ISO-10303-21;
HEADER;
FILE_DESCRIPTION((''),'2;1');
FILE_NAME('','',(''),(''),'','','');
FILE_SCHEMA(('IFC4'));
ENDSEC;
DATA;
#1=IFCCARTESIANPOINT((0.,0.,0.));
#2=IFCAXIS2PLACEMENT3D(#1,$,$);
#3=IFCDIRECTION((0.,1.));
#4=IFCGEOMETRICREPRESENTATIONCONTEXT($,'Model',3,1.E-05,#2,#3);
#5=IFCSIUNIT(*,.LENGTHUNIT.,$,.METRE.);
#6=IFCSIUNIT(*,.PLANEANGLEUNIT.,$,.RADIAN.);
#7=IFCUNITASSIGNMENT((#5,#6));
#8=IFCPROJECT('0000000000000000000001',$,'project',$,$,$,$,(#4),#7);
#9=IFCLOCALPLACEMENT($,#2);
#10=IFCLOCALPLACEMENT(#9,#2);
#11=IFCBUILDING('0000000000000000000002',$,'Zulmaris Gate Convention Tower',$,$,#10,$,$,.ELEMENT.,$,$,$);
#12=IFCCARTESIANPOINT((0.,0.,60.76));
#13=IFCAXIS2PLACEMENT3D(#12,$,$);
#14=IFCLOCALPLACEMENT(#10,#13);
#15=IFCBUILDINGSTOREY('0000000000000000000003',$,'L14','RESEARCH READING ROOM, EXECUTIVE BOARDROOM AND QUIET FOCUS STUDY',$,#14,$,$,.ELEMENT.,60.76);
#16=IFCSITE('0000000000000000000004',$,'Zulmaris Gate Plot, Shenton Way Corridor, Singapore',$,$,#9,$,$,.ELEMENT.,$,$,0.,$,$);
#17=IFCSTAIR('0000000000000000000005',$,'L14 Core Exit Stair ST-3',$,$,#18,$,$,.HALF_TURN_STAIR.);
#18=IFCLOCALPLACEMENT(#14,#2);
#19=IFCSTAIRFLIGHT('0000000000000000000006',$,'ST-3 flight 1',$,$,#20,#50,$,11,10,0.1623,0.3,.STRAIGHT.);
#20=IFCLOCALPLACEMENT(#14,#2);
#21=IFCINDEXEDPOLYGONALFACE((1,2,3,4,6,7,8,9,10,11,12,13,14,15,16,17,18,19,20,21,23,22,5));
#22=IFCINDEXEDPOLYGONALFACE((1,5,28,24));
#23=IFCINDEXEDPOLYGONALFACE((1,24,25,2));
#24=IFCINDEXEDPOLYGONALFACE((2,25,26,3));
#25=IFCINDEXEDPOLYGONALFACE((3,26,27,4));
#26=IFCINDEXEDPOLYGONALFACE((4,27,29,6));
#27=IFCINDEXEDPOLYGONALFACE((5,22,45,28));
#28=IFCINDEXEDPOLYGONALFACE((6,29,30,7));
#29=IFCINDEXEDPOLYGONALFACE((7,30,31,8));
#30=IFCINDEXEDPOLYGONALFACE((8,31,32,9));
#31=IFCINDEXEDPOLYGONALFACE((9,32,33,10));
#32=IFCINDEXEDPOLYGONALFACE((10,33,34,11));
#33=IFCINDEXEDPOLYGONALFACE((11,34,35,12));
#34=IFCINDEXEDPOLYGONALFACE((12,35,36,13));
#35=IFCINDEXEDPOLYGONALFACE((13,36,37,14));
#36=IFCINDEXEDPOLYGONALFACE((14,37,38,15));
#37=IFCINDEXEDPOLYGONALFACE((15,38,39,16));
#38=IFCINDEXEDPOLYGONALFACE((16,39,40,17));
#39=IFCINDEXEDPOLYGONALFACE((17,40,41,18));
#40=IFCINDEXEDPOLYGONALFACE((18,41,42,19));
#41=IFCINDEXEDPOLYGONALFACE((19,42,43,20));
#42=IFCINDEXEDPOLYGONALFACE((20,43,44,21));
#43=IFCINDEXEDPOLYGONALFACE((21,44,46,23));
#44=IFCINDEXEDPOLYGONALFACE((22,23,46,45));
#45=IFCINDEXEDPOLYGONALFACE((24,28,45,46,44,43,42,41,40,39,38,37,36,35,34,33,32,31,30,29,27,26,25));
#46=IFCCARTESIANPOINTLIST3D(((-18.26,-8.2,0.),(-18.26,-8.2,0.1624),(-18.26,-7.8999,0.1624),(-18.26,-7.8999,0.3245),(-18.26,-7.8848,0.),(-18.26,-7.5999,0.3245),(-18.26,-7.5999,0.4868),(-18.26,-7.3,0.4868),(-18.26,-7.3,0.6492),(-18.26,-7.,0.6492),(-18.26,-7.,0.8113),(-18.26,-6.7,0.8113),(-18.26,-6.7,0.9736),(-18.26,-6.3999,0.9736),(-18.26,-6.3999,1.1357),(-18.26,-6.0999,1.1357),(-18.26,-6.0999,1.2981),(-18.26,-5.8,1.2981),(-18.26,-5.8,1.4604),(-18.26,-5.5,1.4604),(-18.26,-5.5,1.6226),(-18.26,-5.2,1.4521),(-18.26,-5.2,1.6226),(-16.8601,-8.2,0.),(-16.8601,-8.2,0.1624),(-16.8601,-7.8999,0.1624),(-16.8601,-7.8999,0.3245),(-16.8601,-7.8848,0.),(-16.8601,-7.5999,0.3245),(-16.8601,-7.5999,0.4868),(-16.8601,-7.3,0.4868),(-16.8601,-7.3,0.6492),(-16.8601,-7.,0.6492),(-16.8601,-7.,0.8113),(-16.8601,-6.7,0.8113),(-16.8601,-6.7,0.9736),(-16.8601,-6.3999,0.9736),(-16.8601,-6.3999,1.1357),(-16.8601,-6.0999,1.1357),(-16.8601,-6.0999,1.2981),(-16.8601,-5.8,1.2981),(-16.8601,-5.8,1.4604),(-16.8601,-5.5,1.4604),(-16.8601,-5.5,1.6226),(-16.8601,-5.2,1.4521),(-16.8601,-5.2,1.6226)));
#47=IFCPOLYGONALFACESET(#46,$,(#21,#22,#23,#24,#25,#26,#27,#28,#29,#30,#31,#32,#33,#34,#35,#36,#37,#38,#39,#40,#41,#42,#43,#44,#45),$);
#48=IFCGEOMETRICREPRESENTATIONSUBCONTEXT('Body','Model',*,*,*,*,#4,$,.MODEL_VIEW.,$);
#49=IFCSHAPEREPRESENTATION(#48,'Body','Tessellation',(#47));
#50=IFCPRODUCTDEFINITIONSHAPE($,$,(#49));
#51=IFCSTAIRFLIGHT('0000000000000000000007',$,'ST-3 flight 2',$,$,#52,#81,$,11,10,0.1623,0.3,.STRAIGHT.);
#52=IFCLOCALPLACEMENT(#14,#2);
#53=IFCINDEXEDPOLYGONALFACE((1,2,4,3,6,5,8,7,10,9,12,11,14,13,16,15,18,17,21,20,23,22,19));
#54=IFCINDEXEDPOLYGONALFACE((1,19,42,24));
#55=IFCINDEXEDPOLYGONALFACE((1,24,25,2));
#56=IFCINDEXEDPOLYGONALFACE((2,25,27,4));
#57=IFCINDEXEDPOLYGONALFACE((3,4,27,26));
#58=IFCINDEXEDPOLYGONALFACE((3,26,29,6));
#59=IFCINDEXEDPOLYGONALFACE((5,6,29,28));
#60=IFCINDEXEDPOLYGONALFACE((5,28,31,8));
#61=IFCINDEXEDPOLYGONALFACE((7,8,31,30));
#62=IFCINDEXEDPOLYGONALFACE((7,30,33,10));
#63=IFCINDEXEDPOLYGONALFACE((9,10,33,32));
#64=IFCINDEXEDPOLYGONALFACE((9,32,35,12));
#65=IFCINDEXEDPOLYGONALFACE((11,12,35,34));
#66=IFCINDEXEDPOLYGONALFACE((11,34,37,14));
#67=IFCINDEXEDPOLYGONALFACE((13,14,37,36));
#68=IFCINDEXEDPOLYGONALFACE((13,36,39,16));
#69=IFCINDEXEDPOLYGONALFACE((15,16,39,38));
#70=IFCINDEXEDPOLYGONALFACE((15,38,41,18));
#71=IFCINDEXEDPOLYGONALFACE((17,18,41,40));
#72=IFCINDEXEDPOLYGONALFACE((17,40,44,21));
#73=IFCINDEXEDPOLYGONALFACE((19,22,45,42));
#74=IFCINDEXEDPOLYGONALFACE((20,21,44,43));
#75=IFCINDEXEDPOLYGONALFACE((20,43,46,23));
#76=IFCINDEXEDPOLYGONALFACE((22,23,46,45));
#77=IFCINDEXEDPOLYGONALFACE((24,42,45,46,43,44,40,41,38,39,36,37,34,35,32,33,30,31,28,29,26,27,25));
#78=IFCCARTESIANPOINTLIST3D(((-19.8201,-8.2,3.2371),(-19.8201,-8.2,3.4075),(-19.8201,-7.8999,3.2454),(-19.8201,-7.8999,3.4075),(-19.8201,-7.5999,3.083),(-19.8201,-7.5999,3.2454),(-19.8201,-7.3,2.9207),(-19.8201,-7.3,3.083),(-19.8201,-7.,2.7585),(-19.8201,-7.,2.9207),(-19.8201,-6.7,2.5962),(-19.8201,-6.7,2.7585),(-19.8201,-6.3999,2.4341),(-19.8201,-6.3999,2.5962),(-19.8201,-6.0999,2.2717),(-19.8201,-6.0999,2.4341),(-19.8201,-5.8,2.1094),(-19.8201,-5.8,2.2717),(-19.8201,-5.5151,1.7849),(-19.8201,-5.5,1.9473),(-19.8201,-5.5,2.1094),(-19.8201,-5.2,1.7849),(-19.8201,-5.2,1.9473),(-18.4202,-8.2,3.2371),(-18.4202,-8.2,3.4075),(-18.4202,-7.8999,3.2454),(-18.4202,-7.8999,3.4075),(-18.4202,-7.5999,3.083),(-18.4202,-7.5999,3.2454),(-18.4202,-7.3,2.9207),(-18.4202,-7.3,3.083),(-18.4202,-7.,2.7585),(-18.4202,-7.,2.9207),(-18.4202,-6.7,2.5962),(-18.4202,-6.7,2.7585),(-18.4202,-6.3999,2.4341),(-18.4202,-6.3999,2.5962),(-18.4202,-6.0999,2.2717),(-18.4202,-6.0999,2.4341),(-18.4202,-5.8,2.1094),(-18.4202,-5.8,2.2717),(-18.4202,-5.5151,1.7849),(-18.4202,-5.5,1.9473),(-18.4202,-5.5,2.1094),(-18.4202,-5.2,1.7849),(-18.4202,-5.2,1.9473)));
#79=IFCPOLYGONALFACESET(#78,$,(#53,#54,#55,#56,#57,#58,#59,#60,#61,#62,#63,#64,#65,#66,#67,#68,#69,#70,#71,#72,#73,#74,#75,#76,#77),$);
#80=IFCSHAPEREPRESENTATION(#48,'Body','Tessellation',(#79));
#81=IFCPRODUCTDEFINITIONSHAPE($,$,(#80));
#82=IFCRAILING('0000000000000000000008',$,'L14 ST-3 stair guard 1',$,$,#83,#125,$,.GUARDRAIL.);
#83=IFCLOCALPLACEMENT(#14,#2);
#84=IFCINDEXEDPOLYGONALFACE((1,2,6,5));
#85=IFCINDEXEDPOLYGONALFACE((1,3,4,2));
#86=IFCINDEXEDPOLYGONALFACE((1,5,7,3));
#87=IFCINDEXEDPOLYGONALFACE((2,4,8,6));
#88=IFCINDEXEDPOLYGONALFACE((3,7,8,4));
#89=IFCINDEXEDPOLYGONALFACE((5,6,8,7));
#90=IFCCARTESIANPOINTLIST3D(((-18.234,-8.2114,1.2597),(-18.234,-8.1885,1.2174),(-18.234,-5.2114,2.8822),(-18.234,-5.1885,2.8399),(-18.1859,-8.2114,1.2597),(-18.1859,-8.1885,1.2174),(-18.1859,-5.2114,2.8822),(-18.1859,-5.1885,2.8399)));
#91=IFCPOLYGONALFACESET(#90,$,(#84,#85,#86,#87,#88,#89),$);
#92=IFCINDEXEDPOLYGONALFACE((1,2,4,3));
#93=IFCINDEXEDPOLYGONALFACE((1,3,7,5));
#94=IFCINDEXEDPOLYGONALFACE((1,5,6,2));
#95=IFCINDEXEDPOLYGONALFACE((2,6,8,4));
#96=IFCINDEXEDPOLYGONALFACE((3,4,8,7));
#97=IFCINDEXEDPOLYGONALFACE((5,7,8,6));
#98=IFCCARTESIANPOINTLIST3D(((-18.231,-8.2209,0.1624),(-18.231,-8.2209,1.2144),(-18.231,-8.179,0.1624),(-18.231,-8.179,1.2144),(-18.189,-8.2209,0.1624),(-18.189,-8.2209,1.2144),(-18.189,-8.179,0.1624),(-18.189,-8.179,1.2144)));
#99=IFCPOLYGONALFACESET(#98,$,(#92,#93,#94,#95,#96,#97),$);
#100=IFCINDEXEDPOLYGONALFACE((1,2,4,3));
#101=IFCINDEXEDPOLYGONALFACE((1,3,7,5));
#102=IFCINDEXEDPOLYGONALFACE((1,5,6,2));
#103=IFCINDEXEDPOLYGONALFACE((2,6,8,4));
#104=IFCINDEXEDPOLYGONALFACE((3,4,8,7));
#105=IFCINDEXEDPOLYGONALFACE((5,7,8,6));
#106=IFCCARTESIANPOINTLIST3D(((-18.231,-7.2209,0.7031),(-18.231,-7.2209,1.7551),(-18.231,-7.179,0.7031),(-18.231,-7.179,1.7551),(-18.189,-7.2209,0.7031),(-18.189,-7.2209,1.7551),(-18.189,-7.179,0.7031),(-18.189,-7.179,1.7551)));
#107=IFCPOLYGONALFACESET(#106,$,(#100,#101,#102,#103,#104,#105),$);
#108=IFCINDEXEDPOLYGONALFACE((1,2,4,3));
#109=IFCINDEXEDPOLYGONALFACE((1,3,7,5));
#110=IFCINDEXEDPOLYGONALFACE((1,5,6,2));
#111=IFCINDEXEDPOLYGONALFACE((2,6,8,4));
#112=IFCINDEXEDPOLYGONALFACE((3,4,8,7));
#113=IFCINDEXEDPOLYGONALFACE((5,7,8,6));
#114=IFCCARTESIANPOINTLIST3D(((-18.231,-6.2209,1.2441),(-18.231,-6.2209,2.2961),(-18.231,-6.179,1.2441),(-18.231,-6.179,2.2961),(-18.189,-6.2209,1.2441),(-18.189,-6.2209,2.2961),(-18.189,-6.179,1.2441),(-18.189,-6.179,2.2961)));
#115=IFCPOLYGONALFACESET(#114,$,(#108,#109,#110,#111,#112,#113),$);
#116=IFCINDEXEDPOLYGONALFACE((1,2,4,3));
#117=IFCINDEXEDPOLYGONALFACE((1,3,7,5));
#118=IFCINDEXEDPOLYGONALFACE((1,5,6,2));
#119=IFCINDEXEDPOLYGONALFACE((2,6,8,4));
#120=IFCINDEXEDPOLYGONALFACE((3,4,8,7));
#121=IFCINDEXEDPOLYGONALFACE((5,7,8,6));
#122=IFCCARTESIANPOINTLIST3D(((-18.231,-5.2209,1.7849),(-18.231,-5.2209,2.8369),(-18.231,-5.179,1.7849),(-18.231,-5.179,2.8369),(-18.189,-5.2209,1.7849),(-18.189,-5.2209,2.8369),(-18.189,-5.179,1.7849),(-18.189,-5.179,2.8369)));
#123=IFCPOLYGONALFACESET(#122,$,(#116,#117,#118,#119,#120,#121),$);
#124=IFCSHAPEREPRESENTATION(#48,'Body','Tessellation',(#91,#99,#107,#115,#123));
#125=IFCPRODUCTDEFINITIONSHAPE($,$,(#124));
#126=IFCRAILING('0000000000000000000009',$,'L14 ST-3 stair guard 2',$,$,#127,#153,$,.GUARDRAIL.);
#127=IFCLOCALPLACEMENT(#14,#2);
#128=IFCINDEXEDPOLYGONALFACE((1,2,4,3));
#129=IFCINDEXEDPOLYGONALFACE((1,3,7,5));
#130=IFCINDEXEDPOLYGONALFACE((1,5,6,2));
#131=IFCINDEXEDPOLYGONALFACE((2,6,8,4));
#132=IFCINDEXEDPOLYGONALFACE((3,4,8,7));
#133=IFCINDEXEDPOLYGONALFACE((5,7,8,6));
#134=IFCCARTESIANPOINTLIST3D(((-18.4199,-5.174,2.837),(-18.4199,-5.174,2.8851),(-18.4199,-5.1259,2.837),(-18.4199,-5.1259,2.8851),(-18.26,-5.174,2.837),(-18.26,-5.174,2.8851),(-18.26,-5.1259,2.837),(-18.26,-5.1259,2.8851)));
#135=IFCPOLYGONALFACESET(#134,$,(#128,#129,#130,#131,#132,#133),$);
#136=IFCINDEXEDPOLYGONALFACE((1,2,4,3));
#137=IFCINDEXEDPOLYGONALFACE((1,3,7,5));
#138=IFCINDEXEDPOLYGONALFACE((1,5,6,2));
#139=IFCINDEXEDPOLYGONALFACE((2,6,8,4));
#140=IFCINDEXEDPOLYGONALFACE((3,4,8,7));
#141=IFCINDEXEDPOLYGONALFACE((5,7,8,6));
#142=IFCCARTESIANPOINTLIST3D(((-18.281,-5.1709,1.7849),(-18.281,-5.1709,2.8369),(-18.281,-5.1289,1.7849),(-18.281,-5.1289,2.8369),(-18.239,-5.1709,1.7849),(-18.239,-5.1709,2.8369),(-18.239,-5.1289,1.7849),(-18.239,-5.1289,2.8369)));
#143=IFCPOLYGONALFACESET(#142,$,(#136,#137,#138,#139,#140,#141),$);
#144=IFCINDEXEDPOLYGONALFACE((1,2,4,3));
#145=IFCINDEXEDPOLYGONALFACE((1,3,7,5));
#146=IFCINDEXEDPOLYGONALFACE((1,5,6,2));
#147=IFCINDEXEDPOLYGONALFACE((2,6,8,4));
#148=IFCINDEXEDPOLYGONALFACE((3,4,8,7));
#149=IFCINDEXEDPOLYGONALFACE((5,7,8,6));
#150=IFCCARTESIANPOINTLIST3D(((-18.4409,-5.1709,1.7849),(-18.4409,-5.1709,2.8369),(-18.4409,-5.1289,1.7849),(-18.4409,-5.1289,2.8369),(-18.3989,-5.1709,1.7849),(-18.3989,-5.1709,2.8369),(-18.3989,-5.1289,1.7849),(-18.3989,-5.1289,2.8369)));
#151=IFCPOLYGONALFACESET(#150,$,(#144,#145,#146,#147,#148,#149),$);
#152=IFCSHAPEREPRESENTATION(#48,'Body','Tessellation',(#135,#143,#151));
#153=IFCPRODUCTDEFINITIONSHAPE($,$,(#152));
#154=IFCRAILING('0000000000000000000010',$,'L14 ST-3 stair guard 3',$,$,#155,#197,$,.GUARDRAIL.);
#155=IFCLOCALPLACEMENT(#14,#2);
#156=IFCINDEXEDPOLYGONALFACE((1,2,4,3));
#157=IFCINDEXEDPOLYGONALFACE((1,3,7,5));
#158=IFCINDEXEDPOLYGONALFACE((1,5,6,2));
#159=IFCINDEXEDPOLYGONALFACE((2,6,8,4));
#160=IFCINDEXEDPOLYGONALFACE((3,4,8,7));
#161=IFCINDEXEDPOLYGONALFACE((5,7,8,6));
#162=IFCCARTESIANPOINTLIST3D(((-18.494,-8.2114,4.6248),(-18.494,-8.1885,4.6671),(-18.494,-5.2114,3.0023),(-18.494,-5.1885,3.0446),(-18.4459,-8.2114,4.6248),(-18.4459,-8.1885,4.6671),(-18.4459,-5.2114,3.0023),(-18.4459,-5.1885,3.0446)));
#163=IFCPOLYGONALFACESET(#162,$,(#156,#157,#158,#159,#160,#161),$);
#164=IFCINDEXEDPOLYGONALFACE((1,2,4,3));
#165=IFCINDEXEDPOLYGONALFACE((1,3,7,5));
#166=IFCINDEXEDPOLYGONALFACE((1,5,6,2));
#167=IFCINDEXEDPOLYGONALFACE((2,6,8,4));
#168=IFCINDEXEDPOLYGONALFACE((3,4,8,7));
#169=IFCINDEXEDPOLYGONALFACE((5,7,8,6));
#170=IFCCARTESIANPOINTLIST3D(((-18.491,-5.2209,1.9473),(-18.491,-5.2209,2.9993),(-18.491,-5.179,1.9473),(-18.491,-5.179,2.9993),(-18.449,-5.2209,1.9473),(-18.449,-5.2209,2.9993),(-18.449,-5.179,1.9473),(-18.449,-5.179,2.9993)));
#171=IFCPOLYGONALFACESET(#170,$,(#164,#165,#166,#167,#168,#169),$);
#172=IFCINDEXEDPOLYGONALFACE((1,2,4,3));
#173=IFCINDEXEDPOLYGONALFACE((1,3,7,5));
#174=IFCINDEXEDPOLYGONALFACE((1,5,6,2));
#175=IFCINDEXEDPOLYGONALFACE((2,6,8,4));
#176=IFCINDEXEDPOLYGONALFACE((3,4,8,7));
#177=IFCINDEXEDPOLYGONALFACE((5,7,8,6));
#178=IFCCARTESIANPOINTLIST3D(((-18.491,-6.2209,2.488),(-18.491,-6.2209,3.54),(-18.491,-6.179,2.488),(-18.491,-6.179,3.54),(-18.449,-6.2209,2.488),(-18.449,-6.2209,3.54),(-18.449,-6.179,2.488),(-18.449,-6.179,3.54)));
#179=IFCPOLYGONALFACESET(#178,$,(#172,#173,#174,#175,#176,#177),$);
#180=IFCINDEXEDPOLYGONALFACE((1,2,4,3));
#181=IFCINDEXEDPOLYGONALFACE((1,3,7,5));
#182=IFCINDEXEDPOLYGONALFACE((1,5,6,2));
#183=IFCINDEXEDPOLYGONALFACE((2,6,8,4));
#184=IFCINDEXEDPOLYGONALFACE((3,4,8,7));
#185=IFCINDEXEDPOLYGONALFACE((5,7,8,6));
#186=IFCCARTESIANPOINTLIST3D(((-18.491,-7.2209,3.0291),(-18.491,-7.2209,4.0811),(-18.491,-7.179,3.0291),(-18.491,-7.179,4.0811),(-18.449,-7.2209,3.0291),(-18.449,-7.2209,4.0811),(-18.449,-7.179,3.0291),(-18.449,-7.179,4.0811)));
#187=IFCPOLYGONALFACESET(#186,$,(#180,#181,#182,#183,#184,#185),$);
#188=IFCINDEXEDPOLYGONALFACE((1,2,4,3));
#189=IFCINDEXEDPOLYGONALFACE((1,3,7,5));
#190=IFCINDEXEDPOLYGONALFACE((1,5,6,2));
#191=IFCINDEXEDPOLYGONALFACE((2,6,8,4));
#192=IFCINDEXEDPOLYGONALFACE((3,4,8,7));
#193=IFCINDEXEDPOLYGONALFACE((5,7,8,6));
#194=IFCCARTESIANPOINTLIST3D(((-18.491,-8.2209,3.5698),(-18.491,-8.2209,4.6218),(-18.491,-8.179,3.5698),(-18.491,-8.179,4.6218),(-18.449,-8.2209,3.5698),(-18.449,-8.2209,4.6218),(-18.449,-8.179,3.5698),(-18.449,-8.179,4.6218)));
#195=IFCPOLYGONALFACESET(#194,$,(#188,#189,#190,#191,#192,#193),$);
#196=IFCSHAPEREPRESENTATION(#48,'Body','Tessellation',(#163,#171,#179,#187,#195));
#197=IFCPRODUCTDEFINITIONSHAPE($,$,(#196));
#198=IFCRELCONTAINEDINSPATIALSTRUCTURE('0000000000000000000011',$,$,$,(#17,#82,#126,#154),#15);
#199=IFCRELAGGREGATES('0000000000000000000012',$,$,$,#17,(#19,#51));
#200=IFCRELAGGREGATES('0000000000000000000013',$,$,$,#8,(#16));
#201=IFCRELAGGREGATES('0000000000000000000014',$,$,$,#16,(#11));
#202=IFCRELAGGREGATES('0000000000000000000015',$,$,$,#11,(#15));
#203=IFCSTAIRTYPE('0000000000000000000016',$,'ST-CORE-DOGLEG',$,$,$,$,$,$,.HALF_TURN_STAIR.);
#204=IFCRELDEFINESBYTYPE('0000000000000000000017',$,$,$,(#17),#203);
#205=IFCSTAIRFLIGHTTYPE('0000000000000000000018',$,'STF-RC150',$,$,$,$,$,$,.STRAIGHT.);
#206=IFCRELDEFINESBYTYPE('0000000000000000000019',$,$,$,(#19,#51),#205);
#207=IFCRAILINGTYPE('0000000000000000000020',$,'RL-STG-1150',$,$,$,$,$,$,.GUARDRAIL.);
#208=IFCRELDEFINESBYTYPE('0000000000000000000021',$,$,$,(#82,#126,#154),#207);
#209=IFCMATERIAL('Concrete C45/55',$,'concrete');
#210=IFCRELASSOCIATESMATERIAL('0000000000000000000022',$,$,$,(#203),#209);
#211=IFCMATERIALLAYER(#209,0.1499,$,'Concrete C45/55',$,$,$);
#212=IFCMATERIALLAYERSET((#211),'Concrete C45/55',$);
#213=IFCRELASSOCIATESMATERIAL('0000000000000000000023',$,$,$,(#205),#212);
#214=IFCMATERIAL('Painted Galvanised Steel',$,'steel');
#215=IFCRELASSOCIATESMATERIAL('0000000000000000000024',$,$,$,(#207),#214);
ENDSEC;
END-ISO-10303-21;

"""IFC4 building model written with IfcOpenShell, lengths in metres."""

from ifc_helpers import new_model, si_unit, direction, frame, origin, origin_2d, place, context, subcontext, project, spatial, polyline, rectangle, outline, extrude, material, layer, layer_set, type_object, element, aggregate, save


model = new_model("IFC4")

# Units and contexts
model_context = context("Model", 3, precision=1e-05, world=origin(), true_north=direction((0.0, 1.0)))
body_context = subcontext(model_context, "Body", "Model", "MODEL_VIEW")
ifc_project = project(units=[si_unit("LENGTHUNIT", "METRE"), si_unit("PLANEANGLEUNIT", "RADIAN")], contexts=[model_context])

# Site, building, storey
site_placement = place(None, origin())
site = spatial("IfcSite", under=ifc_project, at=site_placement, Name="Zulmaris Gate Plot, Shenton Way Corridor, Singapore", CompositionType="ELEMENT", RefElevation=0.0)
building_placement = place(site_placement, origin())
building = spatial("IfcBuilding", under=site, at=building_placement, Name="Zulmaris Gate Convention Tower", CompositionType="ELEMENT")
storey_placement = place(building_placement, frame((0.0, 0.0, 60.76)))
storey = spatial("IfcBuildingStorey", under=building, at=storey_placement, Name="L14", Description="RESEARCH READING ROOM, EXECUTIVE BOARDROOM AND QUIET FOCUS STUDY", CompositionType="ELEMENT", Elevation=60.76)

# Stair, stair flights
ifc_material_1 = material(Name="Concrete C45/55", Category="concrete")
stair_type = type_object("IfcStairType", Name="ST-CORE-DOGLEG", PredefinedType="HALF_TURN_STAIR", material=ifc_material_1)
stair_placement = place(storey_placement, origin())
stair = element("IfcStair", 1, at=stair_placement, inside=storey, type_object=stair_type, Name="L14 Core Exit Stair ST-3", PredefinedType="HALF_TURN_STAIR")
ifc_layer_1 = layer(ifc_material_1, 0.1499, Name="Concrete C45/55")
ifc_layer_set_1 = layer_set([ifc_layer_1], Name="Concrete C45/55")
stair_flight_type = type_object("IfcStairFlightType", Name="STF-RC150", PredefinedType="STRAIGHT", material=ifc_layer_set_1)
stair_flight_1_placement = place(storey_placement, frame((-17.5601, -8.2, 0.0), z_axis=(0.0, 0.0, 1.0), x_axis=(0.0, 1.0, 0.0)))
stair_flight_1 = element("IfcStairFlight", 2, at=stair_flight_1_placement, type_object=stair_flight_type, Name="ST-3 flight 1", NumberOfRisers=11, NumberOfTreads=10, PredefinedType="STRAIGHT", RiserHeight=0.1623, TreadLength=0.3, context=body_context, shape_type="SweptSolid", body=[
    extrude(outline(polyline([(0.0, 0.0), (0.0, 0.1624), (0.3, 0.1624), (0.3, 0.3245), (0.6001, 0.3245), (0.6001, 0.4868), (0.8999, 0.4868), (0.8999, 0.6492), (1.2, 0.6492), (1.2, 0.8113), (1.5, 0.8113), (1.5, 0.9736), (1.8, 0.9736), (1.8, 1.1357), (2.1001, 1.1357), (2.1001, 1.2981), (2.3999, 1.2981), (2.3999, 1.4604), (2.7, 1.4604), (2.7, 1.6226), (3.0, 1.6226), (3.0, 1.7849), (3.0, 1.4521), (0.3152, 0.0), (0.0, 0.0)])), frame((0.0, 0.7, 0.0), z_axis=(0.0, -1.0, 0.0), x_axis=(1.0, 0.0, 0.0)), (0.0, 0.0, 1.0), 1.3999),
])
stair_flight_2_placement = place(storey_placement, frame((-19.1201, -5.2, 1.7849), z_axis=(0.0, 0.0, 1.0), x_axis=(0.0, -1.0, 0.0)))
stair_flight_2 = element("IfcStairFlight", 3, at=stair_flight_2_placement, type_object=stair_flight_type, Name="ST-3 flight 2", NumberOfRisers=11, NumberOfTreads=10, PredefinedType="STRAIGHT", RiserHeight=0.1623, TreadLength=0.3, context=body_context, shape_type="SweptSolid", body=[
    extrude(outline(polyline([(0.0, 0.0), (0.0, 0.1624), (0.3, 0.1624), (0.3, 0.3245), (0.6001, 0.3245), (0.6001, 0.4868), (0.8999, 0.4868), (0.8999, 0.6492), (1.2, 0.6492), (1.2, 0.8113), (1.5, 0.8113), (1.5, 0.9736), (1.8, 0.9736), (1.8, 1.1357), (2.1001, 1.1357), (2.1001, 1.2981), (2.3999, 1.2981), (2.3999, 1.4604), (2.7, 1.4604), (2.7, 1.6226), (3.0, 1.6226), (3.0, 1.7849), (3.0, 1.4521), (0.3152, 0.0), (0.0, 0.0)])), frame((0.0, 0.7, 0.0), z_axis=(0.0, -1.0, 0.0), x_axis=(1.0, 0.0, 0.0)), (0.0, 0.0, 1.0), 1.3999),
])
aggregate(stair, [stair_flight_1, stair_flight_2])

# Railings
ifc_material_2 = material(Name="Painted Galvanised Steel", Category="steel")
railing_type_1 = type_object("IfcRailingType", Name="RL-STG-1150", PredefinedType="GUARDRAIL", material=ifc_material_2)
railing_1_placement = place(storey_placement, frame((-18.21, -8.2, 0.1624)))
element("IfcRailing", 4, at=railing_1_placement, inside=storey, type_object=railing_type_1, Name="L14 ST-3 stair guard 1", PredefinedType="GUARDRAIL", context=body_context, shape_type="SweptSolid", body=[
    extrude(rectangle(XDim=0.0481, YDim=0.0481, at=origin_2d()), frame((0.0, 0.0, 1.0762), z_axis=(0.0, 0.879592, 0.47573), x_axis=(-1.0, 0.0, 0.0)), (0.0, 0.0, 1.0), 3.4106),
    extrude(rectangle(XDim=0.042, YDim=0.042, at=origin_2d()), origin(), (0.0, 0.0, 1.0), 1.052),
    extrude(rectangle(XDim=0.042, YDim=0.042, at=origin_2d()), frame((0.0, 1.0, 0.5408)), (0.0, 0.0, 1.0), 1.052),
    extrude(rectangle(XDim=0.042, YDim=0.042, at=origin_2d()), frame((0.0, 2.0, 1.0818)), (0.0, 0.0, 1.0), 1.052),
    extrude(rectangle(XDim=0.042, YDim=0.042, at=origin_2d()), frame((0.0, 3.0, 1.6226)), (0.0, 0.0, 1.0), 1.052),
])
railing_2_placement = place(storey_placement, frame((-18.26, -5.1499, 1.7849)))
element("IfcRailing", 5, at=railing_2_placement, inside=storey, type_object=railing_type_1, Name="L14 ST-3 stair guard 2", PredefinedType="GUARDRAIL", context=body_context, shape_type="SweptSolid", body=[
    extrude(rectangle(XDim=0.0481, YDim=0.0481, at=origin_2d()), frame((0.0, 0.0, 1.0762), z_axis=(-1.0, 0.0, 0.0), x_axis=(0.0, -1.0, 0.0)), (0.0, 0.0, 1.0), 0.1599),
    extrude(rectangle(XDim=0.042, YDim=0.042, at=origin_2d()), origin(), (0.0, 0.0, 1.0), 1.052),
    extrude(rectangle(XDim=0.042, YDim=0.042, at=origin_2d()), frame((-0.1599, 0.0, 0.0)), (0.0, 0.0, 1.0), 1.052),
])
railing_3_placement = place(storey_placement, frame((-18.47, -5.2, 1.9473)))
element("IfcRailing", 6, at=railing_3_placement, inside=storey, type_object=railing_type_1, Name="L14 ST-3 stair guard 3", PredefinedType="GUARDRAIL", context=body_context, shape_type="SweptSolid", body=[
    extrude(rectangle(XDim=0.0481, YDim=0.0481, at=origin_2d()), frame((0.0, 0.0, 1.0762), z_axis=(0.0, -0.879592, 0.47573), x_axis=(1.0, 0.0, 0.0)), (0.0, 0.0, 1.0), 3.4106),
    extrude(rectangle(XDim=0.042, YDim=0.042, at=origin_2d()), origin(), (0.0, 0.0, 1.0), 1.052),
    extrude(rectangle(XDim=0.042, YDim=0.042, at=origin_2d()), frame((0.0, -1.0, 0.5408)), (0.0, 0.0, 1.0), 1.052),
    extrude(rectangle(XDim=0.042, YDim=0.042, at=origin_2d()), frame((0.0, -2.0, 1.0818)), (0.0, 0.0, 1.0), 1.052),
    extrude(rectangle(XDim=0.042, YDim=0.042, at=origin_2d()), frame((0.0, -3.0, 1.6226)), (0.0, 0.0, 1.0), 1.052),
])

save(model, "model.ifc")
